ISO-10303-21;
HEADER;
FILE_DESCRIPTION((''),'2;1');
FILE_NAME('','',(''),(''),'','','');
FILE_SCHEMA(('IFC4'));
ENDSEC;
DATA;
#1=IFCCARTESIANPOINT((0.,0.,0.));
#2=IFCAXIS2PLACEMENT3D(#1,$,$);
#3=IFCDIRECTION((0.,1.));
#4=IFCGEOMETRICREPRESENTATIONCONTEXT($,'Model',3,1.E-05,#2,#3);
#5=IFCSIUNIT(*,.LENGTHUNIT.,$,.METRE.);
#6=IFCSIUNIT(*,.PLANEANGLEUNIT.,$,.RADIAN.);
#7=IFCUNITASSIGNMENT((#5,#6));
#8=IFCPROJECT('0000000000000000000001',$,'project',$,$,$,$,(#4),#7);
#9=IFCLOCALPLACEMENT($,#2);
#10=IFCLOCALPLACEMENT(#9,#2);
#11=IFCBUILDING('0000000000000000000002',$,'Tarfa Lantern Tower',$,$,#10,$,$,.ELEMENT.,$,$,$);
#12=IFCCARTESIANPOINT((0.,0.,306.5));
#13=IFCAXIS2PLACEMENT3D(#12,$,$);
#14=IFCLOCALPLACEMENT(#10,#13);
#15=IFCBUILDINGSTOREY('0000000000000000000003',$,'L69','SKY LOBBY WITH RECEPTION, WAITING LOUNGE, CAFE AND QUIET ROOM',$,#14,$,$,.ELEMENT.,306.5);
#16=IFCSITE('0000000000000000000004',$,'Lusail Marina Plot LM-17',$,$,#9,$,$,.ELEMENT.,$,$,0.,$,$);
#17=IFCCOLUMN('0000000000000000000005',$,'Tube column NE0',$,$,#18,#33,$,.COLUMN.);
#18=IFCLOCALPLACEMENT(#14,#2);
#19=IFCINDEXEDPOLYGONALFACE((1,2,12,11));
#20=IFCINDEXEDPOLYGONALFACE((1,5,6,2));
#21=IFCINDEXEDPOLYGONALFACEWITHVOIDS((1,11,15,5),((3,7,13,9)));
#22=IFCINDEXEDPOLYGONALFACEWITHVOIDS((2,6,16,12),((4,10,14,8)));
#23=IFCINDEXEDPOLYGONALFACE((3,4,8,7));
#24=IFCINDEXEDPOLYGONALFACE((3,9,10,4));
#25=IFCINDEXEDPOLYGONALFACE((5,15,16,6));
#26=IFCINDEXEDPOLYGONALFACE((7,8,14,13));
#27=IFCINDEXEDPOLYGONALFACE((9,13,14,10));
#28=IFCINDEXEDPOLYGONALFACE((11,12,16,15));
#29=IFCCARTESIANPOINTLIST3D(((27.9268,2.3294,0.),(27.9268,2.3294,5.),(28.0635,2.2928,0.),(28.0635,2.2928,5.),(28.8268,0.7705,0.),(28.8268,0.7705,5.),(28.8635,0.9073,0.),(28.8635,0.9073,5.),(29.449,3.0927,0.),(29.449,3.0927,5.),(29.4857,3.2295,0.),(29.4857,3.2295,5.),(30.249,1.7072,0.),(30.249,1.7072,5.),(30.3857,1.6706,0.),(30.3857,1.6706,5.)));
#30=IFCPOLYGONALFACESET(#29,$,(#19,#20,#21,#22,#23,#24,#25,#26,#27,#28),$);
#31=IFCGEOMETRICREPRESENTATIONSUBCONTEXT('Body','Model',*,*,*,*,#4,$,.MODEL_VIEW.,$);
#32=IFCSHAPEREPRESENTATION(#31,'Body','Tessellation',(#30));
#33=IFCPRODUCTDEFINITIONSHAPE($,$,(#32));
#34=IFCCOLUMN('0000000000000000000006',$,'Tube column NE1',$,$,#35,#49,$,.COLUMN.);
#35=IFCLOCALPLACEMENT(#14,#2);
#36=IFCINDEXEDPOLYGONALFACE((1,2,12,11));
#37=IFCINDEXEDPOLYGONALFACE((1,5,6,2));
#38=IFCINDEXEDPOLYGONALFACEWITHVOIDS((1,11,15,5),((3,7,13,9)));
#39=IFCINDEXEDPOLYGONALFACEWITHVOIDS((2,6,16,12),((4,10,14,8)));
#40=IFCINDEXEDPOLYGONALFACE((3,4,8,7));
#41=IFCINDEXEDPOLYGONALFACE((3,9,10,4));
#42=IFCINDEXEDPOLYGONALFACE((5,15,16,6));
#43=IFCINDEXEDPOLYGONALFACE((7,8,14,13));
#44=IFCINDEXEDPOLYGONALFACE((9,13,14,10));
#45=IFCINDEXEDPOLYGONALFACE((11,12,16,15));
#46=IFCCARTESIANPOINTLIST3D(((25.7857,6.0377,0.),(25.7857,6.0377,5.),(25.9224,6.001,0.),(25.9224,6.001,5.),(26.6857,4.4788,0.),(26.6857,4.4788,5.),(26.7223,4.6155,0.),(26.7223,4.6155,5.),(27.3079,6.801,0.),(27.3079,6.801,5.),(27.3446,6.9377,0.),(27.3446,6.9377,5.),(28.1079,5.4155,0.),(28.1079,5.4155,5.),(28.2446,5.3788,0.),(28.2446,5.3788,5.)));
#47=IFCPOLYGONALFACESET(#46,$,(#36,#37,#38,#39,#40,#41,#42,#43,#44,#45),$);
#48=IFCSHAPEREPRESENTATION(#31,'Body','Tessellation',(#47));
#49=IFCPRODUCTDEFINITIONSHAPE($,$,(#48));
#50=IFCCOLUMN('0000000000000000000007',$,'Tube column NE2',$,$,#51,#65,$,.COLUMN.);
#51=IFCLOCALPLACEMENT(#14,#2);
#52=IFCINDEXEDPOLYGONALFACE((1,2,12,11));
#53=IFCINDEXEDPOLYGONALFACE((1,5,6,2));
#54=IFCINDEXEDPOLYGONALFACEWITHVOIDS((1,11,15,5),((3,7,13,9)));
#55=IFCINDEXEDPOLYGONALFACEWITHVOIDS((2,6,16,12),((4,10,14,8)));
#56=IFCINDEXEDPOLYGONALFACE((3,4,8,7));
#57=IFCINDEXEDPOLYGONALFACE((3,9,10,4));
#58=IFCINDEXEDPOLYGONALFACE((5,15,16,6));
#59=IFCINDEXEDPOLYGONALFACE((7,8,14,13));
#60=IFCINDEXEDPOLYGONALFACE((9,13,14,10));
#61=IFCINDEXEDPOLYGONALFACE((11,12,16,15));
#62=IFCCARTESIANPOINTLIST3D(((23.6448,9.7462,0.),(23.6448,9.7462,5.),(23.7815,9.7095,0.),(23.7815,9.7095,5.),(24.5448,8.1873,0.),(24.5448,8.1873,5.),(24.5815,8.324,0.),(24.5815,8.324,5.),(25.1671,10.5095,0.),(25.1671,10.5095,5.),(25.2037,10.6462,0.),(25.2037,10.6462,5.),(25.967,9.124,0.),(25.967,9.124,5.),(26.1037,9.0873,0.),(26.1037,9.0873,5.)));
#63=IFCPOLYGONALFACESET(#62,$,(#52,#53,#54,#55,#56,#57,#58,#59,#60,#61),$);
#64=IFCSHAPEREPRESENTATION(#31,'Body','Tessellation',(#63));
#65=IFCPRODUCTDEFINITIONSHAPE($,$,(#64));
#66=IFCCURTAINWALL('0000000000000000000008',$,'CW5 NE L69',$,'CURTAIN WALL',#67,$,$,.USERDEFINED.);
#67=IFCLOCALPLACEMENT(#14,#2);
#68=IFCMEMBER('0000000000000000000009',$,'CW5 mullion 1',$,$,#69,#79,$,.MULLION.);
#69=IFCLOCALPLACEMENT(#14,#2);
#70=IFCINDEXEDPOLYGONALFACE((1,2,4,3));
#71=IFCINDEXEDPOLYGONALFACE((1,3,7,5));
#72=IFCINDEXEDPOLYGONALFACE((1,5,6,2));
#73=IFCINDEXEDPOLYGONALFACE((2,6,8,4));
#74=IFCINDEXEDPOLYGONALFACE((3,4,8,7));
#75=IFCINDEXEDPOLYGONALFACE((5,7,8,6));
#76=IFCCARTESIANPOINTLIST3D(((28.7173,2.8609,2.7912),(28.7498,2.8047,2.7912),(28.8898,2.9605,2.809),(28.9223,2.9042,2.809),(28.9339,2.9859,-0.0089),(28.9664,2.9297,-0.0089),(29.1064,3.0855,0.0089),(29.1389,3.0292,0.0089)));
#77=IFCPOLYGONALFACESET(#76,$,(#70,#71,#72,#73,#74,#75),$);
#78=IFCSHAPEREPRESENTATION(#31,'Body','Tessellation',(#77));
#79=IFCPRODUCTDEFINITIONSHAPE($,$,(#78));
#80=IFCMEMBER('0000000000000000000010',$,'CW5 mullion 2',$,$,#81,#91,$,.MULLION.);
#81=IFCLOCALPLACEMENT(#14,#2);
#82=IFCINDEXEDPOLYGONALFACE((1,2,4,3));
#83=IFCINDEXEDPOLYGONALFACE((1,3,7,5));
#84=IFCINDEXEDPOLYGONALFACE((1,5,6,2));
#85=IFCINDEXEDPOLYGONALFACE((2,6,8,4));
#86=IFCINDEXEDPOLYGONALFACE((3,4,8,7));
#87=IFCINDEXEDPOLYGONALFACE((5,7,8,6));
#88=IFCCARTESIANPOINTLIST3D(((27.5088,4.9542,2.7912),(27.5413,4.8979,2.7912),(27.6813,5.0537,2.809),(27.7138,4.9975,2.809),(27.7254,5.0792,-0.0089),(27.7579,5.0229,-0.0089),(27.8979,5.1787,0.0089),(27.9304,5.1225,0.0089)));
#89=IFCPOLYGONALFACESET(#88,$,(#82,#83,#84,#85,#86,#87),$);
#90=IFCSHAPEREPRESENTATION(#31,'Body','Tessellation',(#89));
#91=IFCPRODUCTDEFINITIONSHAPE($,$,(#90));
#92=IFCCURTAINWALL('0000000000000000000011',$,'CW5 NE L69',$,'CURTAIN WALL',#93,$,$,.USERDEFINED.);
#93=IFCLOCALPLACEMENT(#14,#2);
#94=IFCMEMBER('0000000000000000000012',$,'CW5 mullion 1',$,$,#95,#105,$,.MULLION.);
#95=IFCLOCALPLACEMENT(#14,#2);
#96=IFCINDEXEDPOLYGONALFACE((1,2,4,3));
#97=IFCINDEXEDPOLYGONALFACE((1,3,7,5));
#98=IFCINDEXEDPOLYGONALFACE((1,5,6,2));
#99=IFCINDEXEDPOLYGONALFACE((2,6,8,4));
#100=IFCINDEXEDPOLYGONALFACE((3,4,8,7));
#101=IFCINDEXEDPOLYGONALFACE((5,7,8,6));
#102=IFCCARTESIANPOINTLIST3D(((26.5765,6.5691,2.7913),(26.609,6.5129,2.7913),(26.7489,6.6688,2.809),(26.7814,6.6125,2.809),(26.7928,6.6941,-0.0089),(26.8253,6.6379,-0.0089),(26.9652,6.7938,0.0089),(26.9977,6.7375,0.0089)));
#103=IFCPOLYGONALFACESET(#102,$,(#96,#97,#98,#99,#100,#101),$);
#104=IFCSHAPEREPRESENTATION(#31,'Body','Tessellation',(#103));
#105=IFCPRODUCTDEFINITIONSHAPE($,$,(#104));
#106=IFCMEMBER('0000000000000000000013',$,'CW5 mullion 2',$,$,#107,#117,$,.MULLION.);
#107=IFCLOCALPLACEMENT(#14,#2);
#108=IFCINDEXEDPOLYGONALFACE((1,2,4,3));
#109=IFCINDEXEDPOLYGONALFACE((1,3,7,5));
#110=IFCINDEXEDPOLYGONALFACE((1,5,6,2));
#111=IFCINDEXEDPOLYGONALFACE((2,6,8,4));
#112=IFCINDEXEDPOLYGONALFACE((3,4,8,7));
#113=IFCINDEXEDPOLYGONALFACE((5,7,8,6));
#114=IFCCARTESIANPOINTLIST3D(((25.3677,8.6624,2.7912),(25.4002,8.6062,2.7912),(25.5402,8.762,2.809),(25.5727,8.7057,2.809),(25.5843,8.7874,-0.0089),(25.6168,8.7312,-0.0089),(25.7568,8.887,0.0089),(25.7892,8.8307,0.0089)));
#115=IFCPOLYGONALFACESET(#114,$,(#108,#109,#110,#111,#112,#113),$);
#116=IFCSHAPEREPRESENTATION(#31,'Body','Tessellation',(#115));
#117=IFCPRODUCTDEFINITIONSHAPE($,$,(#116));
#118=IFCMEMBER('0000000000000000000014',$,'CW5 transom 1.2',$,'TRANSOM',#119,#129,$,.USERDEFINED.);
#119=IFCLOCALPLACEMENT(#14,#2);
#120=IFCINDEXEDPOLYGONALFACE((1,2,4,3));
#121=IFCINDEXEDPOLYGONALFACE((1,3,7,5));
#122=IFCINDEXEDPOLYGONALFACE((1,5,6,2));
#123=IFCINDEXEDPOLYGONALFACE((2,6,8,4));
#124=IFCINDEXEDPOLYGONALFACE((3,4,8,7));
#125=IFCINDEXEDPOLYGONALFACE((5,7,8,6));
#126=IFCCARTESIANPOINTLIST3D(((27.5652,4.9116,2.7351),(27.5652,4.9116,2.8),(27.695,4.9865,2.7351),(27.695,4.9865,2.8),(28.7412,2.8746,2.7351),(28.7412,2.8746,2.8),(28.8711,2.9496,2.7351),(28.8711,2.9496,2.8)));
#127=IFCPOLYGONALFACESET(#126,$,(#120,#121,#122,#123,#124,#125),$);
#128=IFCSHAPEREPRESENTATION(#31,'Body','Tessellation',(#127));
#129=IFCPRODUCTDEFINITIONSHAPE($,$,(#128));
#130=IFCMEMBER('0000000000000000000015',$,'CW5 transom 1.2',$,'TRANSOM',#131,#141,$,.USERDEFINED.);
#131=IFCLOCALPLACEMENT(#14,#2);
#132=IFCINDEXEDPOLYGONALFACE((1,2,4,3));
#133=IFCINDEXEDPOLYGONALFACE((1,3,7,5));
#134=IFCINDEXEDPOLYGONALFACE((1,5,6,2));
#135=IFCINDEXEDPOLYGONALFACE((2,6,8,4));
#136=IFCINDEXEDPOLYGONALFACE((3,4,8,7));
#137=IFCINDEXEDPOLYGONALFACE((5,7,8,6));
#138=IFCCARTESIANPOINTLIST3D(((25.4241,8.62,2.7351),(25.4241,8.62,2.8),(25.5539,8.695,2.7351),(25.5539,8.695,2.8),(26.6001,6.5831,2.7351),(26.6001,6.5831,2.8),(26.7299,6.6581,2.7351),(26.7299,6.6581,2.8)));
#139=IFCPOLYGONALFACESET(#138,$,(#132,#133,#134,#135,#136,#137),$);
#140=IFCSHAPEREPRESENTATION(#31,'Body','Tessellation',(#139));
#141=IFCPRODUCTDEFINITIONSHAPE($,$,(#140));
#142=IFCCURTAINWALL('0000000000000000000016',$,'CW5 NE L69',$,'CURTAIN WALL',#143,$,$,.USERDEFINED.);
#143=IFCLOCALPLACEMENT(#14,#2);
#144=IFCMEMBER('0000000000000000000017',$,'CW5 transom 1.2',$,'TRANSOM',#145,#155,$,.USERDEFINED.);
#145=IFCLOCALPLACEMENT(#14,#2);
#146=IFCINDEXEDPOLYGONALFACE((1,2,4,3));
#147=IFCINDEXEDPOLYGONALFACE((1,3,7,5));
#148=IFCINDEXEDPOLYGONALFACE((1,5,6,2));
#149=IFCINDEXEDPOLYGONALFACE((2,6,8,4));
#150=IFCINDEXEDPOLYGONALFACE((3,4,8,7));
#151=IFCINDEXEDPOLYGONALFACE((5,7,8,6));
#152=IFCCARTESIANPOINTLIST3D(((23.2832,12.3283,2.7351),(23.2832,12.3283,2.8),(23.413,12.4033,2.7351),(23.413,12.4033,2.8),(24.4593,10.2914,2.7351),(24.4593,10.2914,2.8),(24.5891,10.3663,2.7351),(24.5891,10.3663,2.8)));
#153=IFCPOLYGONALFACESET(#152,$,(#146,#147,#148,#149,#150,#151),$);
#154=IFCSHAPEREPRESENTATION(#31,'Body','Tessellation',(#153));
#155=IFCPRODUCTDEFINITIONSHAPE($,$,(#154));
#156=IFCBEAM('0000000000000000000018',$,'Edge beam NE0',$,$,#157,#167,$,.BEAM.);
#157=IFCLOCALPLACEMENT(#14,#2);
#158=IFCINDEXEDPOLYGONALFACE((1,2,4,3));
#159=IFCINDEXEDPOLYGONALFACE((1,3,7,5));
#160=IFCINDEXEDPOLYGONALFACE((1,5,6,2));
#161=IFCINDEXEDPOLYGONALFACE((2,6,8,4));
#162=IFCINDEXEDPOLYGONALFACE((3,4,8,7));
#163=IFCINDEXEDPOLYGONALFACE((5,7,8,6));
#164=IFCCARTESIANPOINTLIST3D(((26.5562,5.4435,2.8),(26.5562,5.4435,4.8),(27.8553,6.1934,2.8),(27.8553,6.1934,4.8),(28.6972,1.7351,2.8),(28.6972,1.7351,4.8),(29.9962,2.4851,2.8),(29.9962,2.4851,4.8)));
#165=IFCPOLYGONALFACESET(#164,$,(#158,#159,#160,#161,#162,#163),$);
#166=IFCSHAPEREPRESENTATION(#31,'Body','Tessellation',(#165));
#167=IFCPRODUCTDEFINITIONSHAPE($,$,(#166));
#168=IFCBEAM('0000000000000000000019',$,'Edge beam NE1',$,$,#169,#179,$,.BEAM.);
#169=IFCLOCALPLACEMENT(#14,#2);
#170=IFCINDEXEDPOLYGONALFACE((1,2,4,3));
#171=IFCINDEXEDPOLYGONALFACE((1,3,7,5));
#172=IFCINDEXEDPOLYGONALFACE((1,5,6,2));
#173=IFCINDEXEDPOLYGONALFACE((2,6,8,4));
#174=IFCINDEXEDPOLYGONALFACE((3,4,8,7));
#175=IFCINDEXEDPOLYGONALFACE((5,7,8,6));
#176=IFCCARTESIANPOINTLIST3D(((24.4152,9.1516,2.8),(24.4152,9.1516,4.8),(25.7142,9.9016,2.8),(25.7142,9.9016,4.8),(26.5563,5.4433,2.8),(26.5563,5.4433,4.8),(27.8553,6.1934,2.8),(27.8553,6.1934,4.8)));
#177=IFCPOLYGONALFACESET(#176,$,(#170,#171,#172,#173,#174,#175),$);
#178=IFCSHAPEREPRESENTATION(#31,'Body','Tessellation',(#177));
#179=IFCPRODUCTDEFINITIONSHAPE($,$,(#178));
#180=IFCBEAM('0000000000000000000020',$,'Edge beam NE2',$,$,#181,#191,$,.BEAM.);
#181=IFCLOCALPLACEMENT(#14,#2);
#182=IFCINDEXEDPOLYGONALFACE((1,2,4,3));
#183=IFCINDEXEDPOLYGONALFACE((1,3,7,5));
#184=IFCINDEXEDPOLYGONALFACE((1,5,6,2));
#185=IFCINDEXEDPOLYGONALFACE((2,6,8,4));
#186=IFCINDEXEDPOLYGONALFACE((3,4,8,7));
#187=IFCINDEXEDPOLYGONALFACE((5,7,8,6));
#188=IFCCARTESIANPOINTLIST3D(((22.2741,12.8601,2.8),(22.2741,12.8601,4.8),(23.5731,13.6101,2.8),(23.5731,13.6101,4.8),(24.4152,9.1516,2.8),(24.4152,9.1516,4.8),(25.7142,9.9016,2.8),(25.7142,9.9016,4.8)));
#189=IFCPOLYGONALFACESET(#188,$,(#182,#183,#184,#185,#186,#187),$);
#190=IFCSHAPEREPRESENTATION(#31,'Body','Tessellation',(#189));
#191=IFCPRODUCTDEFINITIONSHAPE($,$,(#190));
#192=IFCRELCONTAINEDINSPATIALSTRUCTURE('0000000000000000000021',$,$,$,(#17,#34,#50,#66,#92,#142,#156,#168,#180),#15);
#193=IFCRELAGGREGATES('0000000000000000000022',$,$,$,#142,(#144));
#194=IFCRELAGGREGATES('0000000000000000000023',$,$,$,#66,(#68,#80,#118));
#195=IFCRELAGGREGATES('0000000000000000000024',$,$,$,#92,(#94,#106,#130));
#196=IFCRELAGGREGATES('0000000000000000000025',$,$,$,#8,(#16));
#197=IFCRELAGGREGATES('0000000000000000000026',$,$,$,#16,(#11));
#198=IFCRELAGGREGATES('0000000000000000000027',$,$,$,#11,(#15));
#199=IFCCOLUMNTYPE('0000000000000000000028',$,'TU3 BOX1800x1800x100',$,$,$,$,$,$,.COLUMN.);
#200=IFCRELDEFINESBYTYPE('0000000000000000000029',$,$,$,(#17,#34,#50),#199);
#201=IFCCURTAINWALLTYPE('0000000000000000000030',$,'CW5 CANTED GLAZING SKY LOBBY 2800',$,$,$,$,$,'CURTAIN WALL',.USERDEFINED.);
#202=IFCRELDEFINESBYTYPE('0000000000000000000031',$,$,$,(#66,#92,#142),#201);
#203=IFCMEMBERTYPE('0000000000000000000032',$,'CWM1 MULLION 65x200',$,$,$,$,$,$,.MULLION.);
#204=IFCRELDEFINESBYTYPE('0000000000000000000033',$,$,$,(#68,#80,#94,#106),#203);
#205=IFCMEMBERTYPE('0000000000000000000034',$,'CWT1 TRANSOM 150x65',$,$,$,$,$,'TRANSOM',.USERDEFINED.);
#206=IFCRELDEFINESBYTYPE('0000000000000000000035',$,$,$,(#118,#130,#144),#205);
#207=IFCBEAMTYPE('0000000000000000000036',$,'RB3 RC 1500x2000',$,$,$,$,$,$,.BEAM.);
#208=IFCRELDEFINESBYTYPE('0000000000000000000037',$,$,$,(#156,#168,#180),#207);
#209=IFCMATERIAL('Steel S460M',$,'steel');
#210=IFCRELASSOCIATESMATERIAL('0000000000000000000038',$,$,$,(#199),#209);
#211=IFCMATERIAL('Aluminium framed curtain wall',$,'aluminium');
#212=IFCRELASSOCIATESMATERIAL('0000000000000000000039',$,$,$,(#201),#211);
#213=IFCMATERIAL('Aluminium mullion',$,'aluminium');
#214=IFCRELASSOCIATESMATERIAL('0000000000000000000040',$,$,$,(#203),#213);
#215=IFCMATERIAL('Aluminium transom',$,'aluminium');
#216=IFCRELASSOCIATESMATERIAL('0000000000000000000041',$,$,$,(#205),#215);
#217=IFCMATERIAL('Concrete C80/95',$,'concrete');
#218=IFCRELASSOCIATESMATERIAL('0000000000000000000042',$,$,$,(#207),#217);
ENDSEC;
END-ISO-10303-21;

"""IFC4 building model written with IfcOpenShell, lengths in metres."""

from ifc_helpers import new_model, si_unit, direction, frame, origin, origin_2d, place, context, subcontext, project, spatial, rectangle, hollow_rectangle, extrude, material, material_profile, profile_set, type_object, element, aggregate, save


model = new_model("IFC4")

# Units and contexts
model_context = context("Model", 3, precision=1e-05, world=origin(), true_north=direction((0.0, 1.0)))
body_context = subcontext(model_context, "Body", "Model", "MODEL_VIEW")
ifc_project = project(units=[si_unit("LENGTHUNIT", "METRE"), si_unit("PLANEANGLEUNIT", "RADIAN")], contexts=[model_context])

# Site, building, storey
site_placement = place(None, origin())
site = spatial("IfcSite", under=ifc_project, at=site_placement, Name="Lusail Marina Plot LM-17", CompositionType="ELEMENT", RefElevation=0.0)
building_placement = place(site_placement, origin())
building = spatial("IfcBuilding", under=site, at=building_placement, Name="Tarfa Lantern Tower", CompositionType="ELEMENT")
storey_placement = place(building_placement, frame((0.0, 0.0, 306.5)))
storey = spatial("IfcBuildingStorey", under=building, at=storey_placement, Name="L69", Description="SKY LOBBY WITH RECEPTION, WAITING LOUNGE, CAFE AND QUIET ROOM", CompositionType="ELEMENT", Elevation=306.5)

# Columns
ifc_material_1 = material(Name="Steel S460M", Category="steel")
ifc_material_profile_1 = material_profile(ifc_material_1, hollow_rectangle(XDim=1.8, YDim=1.8, WallThickness=0.1001, at=origin_2d()), Name="BOX1800x1800x100")
ifc_profile_set_1 = profile_set([ifc_material_profile_1], Name="Steel S460M")
column_type = type_object("IfcColumnType", Name="TU3 BOX1800x1800x100", PredefinedType="COLUMN", material=ifc_profile_set_1)
for number, where, z_axis, x_axis, name in (
    (1, (29.1562, 2.0, 0.0), (0.0, 0.0, 1.0), (-0.5, 0.866025, 0.0), "Tube column NE0"),
    (2, (27.0151, 5.7083, 0.0), (0.0, 0.0, 1.0), (-0.5, 0.866025, 0.0), "Tube column NE1"),
    (3, (24.8743, 9.4167, 0.0), (0.0, 0.0, 1.0), (-0.5, 0.866025, 0.0), "Tube column NE2"),
):
    element("IfcColumn", number, at=place(storey_placement, frame(where, z_axis=z_axis, x_axis=x_axis)), inside=storey, type_object=column_type, Name=name, PredefinedType="COLUMN", context=body_context, shape_type="SweptSolid", body=[
        extrude(hollow_rectangle(XDim=1.8, YDim=1.8, WallThickness=0.1001, at=origin_2d()), origin(), (0.0, 0.0, 1.0), 5.0),
    ])

# Curtain walls, members
ifc_material_2 = material(Name="Aluminium framed curtain wall", Category="aluminium")
curtain_wall_type = type_object("IfcCurtainWallType", Name="CW5 CANTED GLAZING SKY LOBBY 2800", ElementType="CURTAIN WALL", PredefinedType="USERDEFINED", material=ifc_material_2)
curtain_wall_1_placement = place(storey_placement, origin())
curtain_wall_1 = element("IfcCurtainWall", 4, at=curtain_wall_1_placement, inside=storey, type_object=curtain_wall_type, Name="CW5 NE L69", ObjectType="CURTAIN WALL", PredefinedType="USERDEFINED")
ifc_material_3 = material(Name="Aluminium mullion", Category="aluminium")
ifc_material_profile_2 = material_profile(ifc_material_3, rectangle(XDim=0.0649, YDim=0.2, at=origin_2d()), Name="AL MULLION 65x200")
ifc_profile_set_2 = profile_set([ifc_material_profile_2], Name="Aluminium mullion")
member_type_1 = type_object("IfcMemberType", Name="CWM1 MULLION 65x200", PredefinedType="MULLION", material=ifc_profile_set_2)
member_1_placement = place(storey_placement, frame((29.0364, 3.0076, 0.0), z_axis=(-0.077032, -0.044465, 0.996037), x_axis=(0.49992, -0.866072, 0.0)))
member_1 = element("IfcMember", 5, at=member_1_placement, type_object=member_type_1, Name="CW5 mullion 1", PredefinedType="MULLION", context=body_context, shape_type="SweptSolid", body=[
    extrude(rectangle(XDim=0.0649, YDim=0.2, at=origin_2d()), origin(), (0.0, 0.0, 1.0), 2.8113),
])
member_2_placement = place(storey_placement, frame((27.8279, 5.1008, 0.0), z_axis=(-0.077032, -0.044465, 0.996037), x_axis=(0.49992, -0.866072, 0.0)))
member_2 = element("IfcMember", 6, at=member_2_placement, type_object=member_type_1, Name="CW5 mullion 2", PredefinedType="MULLION", context=body_context, shape_type="SweptSolid", body=[
    extrude(rectangle(XDim=0.0649, YDim=0.2, at=origin_2d()), origin(), (0.0, 0.0, 1.0), 2.8113),
])
curtain_wall_2_placement = place(storey_placement, origin())
curtain_wall_2 = element("IfcCurtainWall", 7, at=curtain_wall_2_placement, inside=storey, type_object=curtain_wall_type, Name="CW5 NE L69", ObjectType="CURTAIN WALL", PredefinedType="USERDEFINED")
member_3_placement = place(storey_placement, frame((26.8953, 6.7158, 0.0), z_axis=(-0.076946, -0.044465, 0.996043), x_axis=(0.500343, -0.865827, 0.0)))
member_3 = element("IfcMember", 8, at=member_3_placement, type_object=member_type_1, Name="CW5 mullion 1", PredefinedType="MULLION", context=body_context, shape_type="SweptSolid", body=[
    extrude(rectangle(XDim=0.0649, YDim=0.2, at=origin_2d()), origin(), (0.0, 0.0, 1.0), 2.8113),
])
member_4_placement = place(storey_placement, frame((25.6868, 8.8091, 0.0), z_axis=(-0.077032, -0.044465, 0.996037), x_axis=(0.49992, -0.866072, 0.0)))
member_4 = element("IfcMember", 9, at=member_4_placement, type_object=member_type_1, Name="CW5 mullion 2", PredefinedType="MULLION", context=body_context, shape_type="SweptSolid", body=[
    extrude(rectangle(XDim=0.0649, YDim=0.2, at=origin_2d()), origin(), (0.0, 0.0, 1.0), 2.8113),
])

# Members
ifc_material_4 = material(Name="Aluminium transom", Category="aluminium")
ifc_material_profile_3 = material_profile(ifc_material_4, rectangle(XDim=0.1499, YDim=0.0649, at=origin_2d()), Name="AL TRANSOM 150x65")
ifc_profile_set_3 = profile_set([ifc_material_profile_3], Name="Aluminium transom")
member_type_2 = type_object("IfcMemberType", Name="CWT1 TRANSOM 150x65", ElementType="TRANSOM", PredefinedType="USERDEFINED", material=ifc_profile_set_3)
member_5_placement = place(storey_placement, frame((28.8062, 2.9121, 2.7676), z_axis=(-0.500013, 0.866018, 0.0), x_axis=(-0.866018, -0.500013, 0.0)))
member_5 = element("IfcMember", 10, at=member_5_placement, type_object=member_type_2, Name="CW5 transom 1.2", ObjectType="TRANSOM", PredefinedType="USERDEFINED", context=body_context, shape_type="SweptSolid", body=[
    extrude(rectangle(XDim=0.1499, YDim=0.0649, at=origin_2d()), origin(), (0.0, 0.0, 1.0), 2.3521),
])
member_6_placement = place(storey_placement, frame((26.665, 6.6206, 2.7676), z_axis=(-0.500013, 0.866018, 0.0), x_axis=(-0.866018, -0.500013, 0.0)))
member_6 = element("IfcMember", 11, at=member_6_placement, type_object=member_type_2, Name="CW5 transom 1.2", ObjectType="TRANSOM", PredefinedType="USERDEFINED", context=body_context, shape_type="SweptSolid", body=[
    extrude(rectangle(XDim=0.1499, YDim=0.0649, at=origin_2d()), origin(), (0.0, 0.0, 1.0), 2.3521),
])

# Curtain wall, member
curtain_wall_3_placement = place(storey_placement, origin())
curtain_wall_3 = element("IfcCurtainWall", 12, at=curtain_wall_3_placement, inside=storey, type_object=curtain_wall_type, Name="CW5 NE L69", ObjectType="CURTAIN WALL", PredefinedType="USERDEFINED")
member_7_placement = place(storey_placement, frame((24.5242, 10.3289, 2.7676), z_axis=(-0.500013, 0.866018, 0.0), x_axis=(-0.866018, -0.500013, 0.0)))
member_7 = element("IfcMember", 13, at=member_7_placement, type_object=member_type_2, Name="CW5 transom 1.2", ObjectType="TRANSOM", PredefinedType="USERDEFINED", context=body_context, shape_type="SweptSolid", body=[
    extrude(rectangle(XDim=0.1499, YDim=0.0649, at=origin_2d()), origin(), (0.0, 0.0, 1.0), 2.3521),
])
aggregate(curtain_wall_3, [member_7])

# Beams
ifc_material_5 = material(Name="Concrete C80/95", Category="concrete")
ifc_material_profile_4 = material_profile(ifc_material_5, rectangle(XDim=1.5, YDim=2.0, at=origin_2d()), Name="RC 1500x2000")
ifc_profile_set_4 = profile_set([ifc_material_profile_4], Name="Concrete C80/95")
beam_type_1 = type_object("IfcBeamType", Name="RB3 RC 1500x2000", PredefinedType="BEAM", material=ifc_profile_set_4)
for number, where, z_axis, x_axis, name in (
    (14, (29.3467, 2.1101, 3.8), (-0.499984, 0.866035, 0.0), (-0.866035, -0.499984, 0.0), "Edge beam NE0"),
    (15, (27.2058, 5.8184, 3.8), (-0.500027, 0.86601, 0.0), (-0.86601, -0.500027, 0.0), "Edge beam NE1"),
):
    element("IfcBeam", number, at=place(storey_placement, frame(where, z_axis=z_axis, x_axis=x_axis)), inside=storey, type_object=beam_type_1, Name=name, PredefinedType="BEAM", context=body_context, shape_type="SweptSolid", body=[
        extrude(rectangle(XDim=1.5, YDim=2.0, at=origin_2d()), origin(), (0.0, 0.0, 1.0), 4.282),
    ])
beam_1_placement = place(storey_placement, frame((25.0647, 9.5266, 3.8), z_axis=(-0.500002, 0.866024, 0.0), x_axis=(-0.866024, -0.500002, 0.0)))
element("IfcBeam", 16, at=beam_1_placement, inside=storey, type_object=beam_type_1, Name="Edge beam NE2", PredefinedType="BEAM", context=body_context, shape_type="SweptSolid", body=[
    extrude(rectangle(XDim=1.5, YDim=2.0, at=origin_2d()), origin(), (0.0, 0.0, 1.0), 4.2822),
])

aggregate(curtain_wall_1, [member_1, member_2, member_5])
aggregate(curtain_wall_2, [member_3, member_4, member_6])

save(model, "model.ifc")
